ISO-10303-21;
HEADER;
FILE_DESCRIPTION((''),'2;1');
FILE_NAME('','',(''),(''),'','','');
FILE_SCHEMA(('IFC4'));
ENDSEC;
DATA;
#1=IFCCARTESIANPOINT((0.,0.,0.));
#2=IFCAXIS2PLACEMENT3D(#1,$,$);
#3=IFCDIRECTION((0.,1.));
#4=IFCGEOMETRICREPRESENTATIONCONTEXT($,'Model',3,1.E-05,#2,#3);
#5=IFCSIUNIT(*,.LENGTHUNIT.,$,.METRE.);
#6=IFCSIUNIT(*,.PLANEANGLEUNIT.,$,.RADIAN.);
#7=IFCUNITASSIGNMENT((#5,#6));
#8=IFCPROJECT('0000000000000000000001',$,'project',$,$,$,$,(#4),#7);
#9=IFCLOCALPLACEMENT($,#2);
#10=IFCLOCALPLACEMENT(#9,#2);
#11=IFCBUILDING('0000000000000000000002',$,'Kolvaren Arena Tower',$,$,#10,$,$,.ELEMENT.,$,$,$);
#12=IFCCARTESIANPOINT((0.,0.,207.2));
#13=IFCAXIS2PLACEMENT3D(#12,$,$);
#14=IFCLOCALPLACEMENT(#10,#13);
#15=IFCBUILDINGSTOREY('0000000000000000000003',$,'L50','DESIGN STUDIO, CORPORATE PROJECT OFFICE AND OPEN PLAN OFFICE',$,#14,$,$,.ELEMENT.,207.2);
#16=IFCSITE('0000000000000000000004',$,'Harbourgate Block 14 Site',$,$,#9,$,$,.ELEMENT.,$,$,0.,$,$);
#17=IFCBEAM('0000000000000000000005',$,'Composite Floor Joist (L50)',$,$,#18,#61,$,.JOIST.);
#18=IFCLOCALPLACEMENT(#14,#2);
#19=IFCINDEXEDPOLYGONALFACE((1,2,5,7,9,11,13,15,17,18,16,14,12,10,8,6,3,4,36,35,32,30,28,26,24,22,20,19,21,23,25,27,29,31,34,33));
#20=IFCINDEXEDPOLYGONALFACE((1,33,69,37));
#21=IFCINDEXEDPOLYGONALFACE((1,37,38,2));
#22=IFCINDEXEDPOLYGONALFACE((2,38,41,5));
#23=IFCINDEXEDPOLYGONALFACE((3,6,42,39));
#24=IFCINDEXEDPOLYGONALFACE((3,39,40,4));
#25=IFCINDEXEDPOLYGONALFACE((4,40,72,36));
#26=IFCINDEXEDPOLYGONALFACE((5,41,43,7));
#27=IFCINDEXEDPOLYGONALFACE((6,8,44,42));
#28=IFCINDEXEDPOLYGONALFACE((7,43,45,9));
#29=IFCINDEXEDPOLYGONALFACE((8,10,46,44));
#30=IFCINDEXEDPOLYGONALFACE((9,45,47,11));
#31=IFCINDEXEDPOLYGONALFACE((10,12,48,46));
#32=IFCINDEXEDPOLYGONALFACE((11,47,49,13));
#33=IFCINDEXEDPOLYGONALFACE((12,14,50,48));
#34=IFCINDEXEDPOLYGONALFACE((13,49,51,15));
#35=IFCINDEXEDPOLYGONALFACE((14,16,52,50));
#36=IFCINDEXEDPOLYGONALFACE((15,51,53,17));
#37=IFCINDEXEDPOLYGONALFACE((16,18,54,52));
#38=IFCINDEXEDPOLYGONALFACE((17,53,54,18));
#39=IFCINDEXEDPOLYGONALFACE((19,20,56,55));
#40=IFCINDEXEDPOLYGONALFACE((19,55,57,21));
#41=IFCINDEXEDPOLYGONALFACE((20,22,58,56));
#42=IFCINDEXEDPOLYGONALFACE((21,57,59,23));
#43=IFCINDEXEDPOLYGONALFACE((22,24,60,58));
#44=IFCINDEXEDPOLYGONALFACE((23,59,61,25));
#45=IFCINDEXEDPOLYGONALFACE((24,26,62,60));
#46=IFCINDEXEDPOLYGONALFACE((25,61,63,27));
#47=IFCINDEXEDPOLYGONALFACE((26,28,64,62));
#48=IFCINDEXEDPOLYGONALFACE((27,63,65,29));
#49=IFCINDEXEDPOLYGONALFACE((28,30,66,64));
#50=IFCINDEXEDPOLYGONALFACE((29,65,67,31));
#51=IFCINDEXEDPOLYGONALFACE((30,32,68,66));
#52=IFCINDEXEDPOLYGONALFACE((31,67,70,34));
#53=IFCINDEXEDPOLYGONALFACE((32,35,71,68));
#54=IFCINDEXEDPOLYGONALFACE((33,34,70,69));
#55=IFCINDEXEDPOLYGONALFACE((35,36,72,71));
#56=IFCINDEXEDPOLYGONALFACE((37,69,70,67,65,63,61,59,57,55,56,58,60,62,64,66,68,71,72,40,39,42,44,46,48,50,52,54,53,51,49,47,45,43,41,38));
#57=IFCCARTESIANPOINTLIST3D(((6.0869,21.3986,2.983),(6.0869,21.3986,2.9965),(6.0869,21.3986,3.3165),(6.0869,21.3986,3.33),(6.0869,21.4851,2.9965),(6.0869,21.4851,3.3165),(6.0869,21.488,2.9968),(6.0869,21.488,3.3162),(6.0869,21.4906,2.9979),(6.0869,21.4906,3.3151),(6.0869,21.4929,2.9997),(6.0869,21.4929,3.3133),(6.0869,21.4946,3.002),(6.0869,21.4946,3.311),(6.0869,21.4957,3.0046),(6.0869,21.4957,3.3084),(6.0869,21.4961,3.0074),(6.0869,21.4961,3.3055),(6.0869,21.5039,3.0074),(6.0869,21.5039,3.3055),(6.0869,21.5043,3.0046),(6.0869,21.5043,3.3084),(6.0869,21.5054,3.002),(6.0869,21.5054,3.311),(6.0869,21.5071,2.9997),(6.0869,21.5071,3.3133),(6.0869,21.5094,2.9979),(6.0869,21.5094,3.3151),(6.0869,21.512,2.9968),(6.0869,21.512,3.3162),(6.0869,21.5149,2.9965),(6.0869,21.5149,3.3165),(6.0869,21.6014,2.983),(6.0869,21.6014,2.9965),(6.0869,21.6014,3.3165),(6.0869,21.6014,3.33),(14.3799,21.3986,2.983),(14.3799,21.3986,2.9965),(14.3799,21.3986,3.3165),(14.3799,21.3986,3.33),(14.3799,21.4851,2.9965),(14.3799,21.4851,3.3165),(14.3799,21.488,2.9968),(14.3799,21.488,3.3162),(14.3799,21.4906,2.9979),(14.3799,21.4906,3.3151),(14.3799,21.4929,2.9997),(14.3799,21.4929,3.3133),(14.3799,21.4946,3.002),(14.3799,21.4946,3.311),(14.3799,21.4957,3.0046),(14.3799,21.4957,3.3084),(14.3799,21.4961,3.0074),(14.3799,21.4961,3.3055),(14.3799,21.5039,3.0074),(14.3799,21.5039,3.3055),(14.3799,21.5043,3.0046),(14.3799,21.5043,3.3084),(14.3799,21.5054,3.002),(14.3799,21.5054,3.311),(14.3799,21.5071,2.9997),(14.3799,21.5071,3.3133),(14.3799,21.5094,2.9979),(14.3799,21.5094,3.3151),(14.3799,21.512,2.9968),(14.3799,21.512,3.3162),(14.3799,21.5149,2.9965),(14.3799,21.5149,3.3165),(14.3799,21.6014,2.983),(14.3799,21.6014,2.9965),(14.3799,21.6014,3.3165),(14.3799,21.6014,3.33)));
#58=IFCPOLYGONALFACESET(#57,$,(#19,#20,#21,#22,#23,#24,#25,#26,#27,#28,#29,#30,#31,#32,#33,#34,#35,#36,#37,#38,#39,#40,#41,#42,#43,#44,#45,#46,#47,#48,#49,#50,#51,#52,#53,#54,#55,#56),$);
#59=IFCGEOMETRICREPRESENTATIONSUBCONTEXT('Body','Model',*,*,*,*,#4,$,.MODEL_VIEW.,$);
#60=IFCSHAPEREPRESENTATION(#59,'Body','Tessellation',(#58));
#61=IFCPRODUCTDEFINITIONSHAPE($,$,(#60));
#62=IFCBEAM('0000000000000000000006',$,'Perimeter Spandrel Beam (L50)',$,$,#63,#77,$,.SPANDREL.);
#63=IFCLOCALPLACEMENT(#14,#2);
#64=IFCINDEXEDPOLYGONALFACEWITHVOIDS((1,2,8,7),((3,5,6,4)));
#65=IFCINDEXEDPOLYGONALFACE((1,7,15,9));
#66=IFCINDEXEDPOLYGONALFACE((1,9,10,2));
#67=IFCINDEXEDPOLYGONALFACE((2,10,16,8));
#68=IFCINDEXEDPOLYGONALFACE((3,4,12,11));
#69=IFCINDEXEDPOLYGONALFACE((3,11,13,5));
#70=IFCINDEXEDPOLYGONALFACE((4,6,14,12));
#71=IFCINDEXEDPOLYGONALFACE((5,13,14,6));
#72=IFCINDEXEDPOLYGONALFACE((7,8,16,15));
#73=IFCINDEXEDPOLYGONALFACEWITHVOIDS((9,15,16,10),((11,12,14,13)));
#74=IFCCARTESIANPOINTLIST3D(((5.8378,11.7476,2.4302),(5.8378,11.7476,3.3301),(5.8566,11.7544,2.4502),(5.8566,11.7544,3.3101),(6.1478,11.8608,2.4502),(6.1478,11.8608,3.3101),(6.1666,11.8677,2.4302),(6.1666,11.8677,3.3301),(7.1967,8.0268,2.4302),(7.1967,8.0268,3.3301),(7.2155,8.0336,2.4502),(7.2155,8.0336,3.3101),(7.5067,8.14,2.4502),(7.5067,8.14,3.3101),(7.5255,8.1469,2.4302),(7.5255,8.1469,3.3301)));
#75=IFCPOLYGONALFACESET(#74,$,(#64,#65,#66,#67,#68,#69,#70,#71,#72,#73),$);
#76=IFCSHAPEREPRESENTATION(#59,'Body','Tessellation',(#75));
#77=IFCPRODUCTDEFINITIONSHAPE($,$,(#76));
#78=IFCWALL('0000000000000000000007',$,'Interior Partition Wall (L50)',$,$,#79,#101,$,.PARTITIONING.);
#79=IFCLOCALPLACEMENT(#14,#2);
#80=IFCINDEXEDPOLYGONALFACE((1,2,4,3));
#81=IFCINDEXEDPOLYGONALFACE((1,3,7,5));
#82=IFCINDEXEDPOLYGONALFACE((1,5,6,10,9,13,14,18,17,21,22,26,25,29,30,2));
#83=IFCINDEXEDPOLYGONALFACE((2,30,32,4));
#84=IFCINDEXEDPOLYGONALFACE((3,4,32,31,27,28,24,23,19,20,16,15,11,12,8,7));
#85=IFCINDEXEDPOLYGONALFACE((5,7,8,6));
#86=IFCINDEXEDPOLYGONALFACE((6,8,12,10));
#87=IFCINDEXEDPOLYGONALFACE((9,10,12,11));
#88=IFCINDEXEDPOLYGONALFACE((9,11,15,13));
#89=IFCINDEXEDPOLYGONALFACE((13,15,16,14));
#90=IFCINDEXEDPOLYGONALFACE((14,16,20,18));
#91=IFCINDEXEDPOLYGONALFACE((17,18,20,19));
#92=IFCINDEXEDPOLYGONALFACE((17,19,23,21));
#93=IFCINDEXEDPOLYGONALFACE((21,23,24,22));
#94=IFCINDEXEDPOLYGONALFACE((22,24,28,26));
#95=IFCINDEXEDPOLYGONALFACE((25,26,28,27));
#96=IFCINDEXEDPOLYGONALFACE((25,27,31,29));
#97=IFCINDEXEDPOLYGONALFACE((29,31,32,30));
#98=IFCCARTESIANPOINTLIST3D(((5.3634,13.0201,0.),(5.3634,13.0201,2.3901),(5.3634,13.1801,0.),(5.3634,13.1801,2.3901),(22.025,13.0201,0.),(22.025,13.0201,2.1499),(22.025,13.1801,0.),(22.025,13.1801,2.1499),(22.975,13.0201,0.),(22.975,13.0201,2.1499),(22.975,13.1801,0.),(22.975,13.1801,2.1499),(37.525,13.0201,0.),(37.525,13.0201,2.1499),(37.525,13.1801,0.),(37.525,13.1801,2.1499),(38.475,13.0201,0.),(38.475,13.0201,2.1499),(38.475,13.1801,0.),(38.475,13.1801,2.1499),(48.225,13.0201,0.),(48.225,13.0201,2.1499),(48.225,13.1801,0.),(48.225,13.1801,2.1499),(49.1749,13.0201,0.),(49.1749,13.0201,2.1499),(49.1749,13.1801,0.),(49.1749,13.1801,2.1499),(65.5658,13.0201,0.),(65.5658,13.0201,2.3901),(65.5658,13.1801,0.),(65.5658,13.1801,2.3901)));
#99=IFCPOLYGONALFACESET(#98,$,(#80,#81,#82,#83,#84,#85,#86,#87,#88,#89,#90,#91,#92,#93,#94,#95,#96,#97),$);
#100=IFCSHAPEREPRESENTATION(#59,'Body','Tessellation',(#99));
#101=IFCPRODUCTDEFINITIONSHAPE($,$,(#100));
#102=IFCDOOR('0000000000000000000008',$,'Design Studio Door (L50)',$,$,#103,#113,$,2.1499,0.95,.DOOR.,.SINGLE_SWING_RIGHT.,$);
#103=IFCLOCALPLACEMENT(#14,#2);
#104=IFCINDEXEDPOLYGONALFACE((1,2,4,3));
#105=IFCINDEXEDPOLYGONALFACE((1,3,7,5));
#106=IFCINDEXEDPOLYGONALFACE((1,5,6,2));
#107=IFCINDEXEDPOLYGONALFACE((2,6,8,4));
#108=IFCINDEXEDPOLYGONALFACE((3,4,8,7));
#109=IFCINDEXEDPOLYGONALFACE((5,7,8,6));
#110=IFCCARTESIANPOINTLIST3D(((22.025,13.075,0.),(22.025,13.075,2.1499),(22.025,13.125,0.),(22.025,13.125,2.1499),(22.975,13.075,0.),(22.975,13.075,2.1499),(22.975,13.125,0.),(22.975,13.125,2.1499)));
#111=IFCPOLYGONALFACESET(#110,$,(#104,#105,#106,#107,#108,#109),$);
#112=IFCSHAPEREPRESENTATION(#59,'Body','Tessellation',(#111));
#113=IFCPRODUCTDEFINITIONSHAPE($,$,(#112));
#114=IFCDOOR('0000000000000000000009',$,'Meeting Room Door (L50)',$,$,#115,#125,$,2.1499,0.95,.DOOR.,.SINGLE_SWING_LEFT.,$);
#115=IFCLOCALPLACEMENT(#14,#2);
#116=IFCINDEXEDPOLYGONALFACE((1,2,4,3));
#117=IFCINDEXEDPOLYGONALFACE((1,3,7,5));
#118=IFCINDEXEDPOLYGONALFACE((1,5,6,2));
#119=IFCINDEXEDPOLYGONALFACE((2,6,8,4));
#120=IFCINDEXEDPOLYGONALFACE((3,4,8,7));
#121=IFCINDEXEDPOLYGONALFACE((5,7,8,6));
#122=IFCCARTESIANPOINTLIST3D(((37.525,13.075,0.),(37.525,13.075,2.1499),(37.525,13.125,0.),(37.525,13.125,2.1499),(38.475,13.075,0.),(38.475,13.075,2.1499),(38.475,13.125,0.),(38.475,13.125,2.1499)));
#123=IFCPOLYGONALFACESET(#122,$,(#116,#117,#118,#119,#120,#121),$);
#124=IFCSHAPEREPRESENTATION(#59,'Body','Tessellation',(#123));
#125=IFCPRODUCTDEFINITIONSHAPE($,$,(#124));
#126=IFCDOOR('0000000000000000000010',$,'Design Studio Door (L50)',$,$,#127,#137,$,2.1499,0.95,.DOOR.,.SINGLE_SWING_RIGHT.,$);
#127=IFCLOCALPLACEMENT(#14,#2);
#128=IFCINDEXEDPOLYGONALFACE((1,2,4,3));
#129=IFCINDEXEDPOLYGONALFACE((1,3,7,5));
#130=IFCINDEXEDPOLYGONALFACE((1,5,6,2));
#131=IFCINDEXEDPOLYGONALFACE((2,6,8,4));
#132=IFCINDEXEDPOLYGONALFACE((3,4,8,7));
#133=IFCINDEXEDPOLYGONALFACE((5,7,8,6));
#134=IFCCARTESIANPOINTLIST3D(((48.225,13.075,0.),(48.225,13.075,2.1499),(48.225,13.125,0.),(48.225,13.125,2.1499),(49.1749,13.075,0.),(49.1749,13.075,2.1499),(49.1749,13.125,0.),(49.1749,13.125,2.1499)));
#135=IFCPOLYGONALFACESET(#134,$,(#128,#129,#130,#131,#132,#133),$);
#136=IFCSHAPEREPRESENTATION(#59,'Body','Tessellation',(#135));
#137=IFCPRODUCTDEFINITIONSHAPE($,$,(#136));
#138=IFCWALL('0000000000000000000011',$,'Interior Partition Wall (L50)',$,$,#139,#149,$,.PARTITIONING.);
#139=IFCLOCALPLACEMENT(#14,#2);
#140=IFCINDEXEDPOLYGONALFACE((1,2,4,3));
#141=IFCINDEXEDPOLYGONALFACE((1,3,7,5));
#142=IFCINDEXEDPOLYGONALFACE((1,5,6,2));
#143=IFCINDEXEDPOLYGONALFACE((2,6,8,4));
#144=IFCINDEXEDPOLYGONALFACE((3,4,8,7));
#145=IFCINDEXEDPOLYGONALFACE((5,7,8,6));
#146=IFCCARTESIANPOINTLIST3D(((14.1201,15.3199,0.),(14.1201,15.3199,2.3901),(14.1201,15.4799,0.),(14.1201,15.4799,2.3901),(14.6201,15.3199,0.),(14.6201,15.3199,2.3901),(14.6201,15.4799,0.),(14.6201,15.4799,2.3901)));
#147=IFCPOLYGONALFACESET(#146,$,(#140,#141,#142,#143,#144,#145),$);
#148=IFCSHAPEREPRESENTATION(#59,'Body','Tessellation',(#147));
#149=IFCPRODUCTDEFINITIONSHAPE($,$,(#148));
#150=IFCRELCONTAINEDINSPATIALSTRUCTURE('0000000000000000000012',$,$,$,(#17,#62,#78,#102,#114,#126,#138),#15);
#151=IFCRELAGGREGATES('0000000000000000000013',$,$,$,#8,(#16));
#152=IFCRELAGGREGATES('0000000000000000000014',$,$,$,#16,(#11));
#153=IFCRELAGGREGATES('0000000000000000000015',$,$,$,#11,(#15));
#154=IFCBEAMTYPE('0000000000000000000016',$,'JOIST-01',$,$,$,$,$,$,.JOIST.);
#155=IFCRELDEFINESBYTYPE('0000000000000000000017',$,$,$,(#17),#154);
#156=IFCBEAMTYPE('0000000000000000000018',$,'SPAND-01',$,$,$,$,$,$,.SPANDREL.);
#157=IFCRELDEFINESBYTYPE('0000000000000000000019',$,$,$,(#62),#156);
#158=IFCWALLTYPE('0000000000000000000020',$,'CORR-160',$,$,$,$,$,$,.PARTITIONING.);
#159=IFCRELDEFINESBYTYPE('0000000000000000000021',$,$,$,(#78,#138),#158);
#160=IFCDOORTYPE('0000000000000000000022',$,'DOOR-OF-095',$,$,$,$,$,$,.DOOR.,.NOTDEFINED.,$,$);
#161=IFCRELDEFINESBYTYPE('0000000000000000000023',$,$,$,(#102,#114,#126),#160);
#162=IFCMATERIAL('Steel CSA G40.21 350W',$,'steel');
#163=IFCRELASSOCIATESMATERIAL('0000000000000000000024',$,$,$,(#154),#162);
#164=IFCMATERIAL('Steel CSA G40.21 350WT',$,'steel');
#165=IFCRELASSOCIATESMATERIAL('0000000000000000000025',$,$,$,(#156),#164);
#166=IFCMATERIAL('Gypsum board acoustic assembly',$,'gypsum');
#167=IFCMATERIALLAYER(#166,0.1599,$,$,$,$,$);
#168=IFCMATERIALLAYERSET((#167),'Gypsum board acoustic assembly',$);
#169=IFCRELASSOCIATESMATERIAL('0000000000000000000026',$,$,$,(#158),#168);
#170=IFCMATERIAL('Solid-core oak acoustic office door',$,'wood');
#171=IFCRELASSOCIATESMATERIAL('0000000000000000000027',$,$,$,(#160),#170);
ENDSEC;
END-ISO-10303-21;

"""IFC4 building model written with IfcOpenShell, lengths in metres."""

from ifc_helpers import new_model, si_unit, direction, frame, frame_2d, origin, origin_2d, place, context, subcontext, project, spatial, rectangle, hollow_rectangle, i_section, extrude, material, layer, layer_set, material_profile, profile_set, type_object, element, fill, save


model = new_model("IFC4")

# Units and contexts
model_context = context("Model", 3, precision=1e-05, world=origin(), true_north=direction((0.0, 1.0)))
body_context = subcontext(model_context, "Body", "Model", "MODEL_VIEW")
ifc_project = project(units=[si_unit("LENGTHUNIT", "METRE"), si_unit("PLANEANGLEUNIT", "RADIAN")], contexts=[model_context])

# Site, building, storey
site_placement = place(None, origin())
site = spatial("IfcSite", under=ifc_project, at=site_placement, Name="Harbourgate Block 14 Site", CompositionType="ELEMENT", RefElevation=0.0)
building_placement = place(site_placement, origin())
building = spatial("IfcBuilding", under=site, at=building_placement, Name="Kolvaren Arena Tower", CompositionType="ELEMENT")
storey_placement = place(building_placement, frame((0.0, 0.0, 207.2)))
storey = spatial("IfcBuildingStorey", under=building, at=storey_placement, Name="L50", Description="DESIGN STUDIO, CORPORATE PROJECT OFFICE AND OPEN PLAN OFFICE", CompositionType="ELEMENT", Elevation=207.2)

# Beams
ifc_material_1 = material(Name="Steel CSA G40.21 350W", Category="steel")
ifc_material_profile_1 = material_profile(ifc_material_1, i_section(OverallWidth=0.2029, OverallDepth=0.3469, WebThickness=0.0078, FlangeThickness=0.0134, FilletRadius=0.011, at=origin_2d()), Name="W360x64")
ifc_profile_set_1 = profile_set([ifc_material_profile_1], Name="Steel CSA G40.21 350W")
beam_type_1 = type_object("IfcBeamType", Name="JOIST-01", PredefinedType="JOIST", material=ifc_profile_set_1)
beam_1_placement = place(storey_placement, frame((6.0869, 21.5, 3.1565), z_axis=(1.0, 0.0, 0.0), x_axis=(0.0, 1.0, 0.0)))
element("IfcBeam", 1, at=beam_1_placement, inside=storey, type_object=beam_type_1, Name="Composite Floor Joist (L50)", PredefinedType="JOIST", context=body_context, shape_type="SweptSolid", body=[
    extrude(i_section(OverallWidth=0.2029, OverallDepth=0.3469, WebThickness=0.0078, FlangeThickness=0.0134, FilletRadius=0.011, at=origin_2d()), origin(), (0.0, 0.0, 1.0), 8.293),
])
ifc_material_2 = material(Name="Steel CSA G40.21 350WT", Category="steel")
ifc_material_profile_2 = material_profile(ifc_material_2, hollow_rectangle(XDim=0.3501, YDim=0.8999, WallThickness=0.02, at=origin_2d()), Name="HSS 900x350x20")
ifc_profile_set_2 = profile_set([ifc_material_profile_2], Name="Steel CSA G40.21 350WT")
beam_type_2 = type_object("IfcBeamType", Name="SPAND-01", PredefinedType="SPANDREL", material=ifc_profile_set_2)
beam_2_placement = place(storey_placement, frame((6.0022, 11.8076, 2.8801), z_axis=(0.343059, -0.939314, 0.0), x_axis=(0.939314, 0.343059, 0.0)))
element("IfcBeam", 2, at=beam_2_placement, inside=storey, type_object=beam_type_2, Name="Perimeter Spandrel Beam (L50)", PredefinedType="SPANDREL", context=body_context, shape_type="SweptSolid", body=[
    extrude(hollow_rectangle(XDim=0.3501, YDim=0.8999, WallThickness=0.02, at=origin_2d()), origin(), (0.0, 0.0, 1.0), 3.9612),
])

# Wall, openings, doors
ifc_material_3 = material(Name="Gypsum board acoustic assembly", Category="gypsum")
ifc_layer_1 = layer(ifc_material_3, 0.1599)
ifc_layer_set_1 = layer_set([ifc_layer_1], Name="Gypsum board acoustic assembly")
wall_type_1 = type_object("IfcWallType", Name="CORR-160", PredefinedType="PARTITIONING", material=ifc_layer_set_1)
wall_1_placement = place(storey_placement, frame((5.3635, 13.1001, 0.0), z_axis=(0.0, 0.0, 1.0), x_axis=(1.0, 0.0, 0.0)))
wall_1 = element("IfcWall", 3, at=wall_1_placement, inside=storey, type_object=wall_type_1, Name="Interior Partition Wall (L50)", PredefinedType="PARTITIONING", context=body_context, shape_type="SweptSolid", body=[
    extrude(rectangle(XDim=60.2024, YDim=0.1599, at=frame_2d((30.1011, 0.0))), origin(), (0.0, 0.0, 1.0), 2.3901),
])
opening_1_placement = place(wall_1_placement, frame((16.6614, 0.0, 0.0)))
opening_1 = element("IfcOpeningElement", 4, at=opening_1_placement, cuts=wall_1, PredefinedType="OPENING", context=body_context, shape_type="SweptSolid", body=[
    extrude(rectangle(XDim=0.95, YDim=2.1499, at=frame_2d((0.4751, 1.075))), frame((0.0, 0.0898, 0.0), z_axis=(0.0, -1.0, 0.0), x_axis=(1.0, 0.0, 0.0)), (0.0, 0.0, 1.0), 0.1799),
])
opening_2_placement = place(wall_1_placement, frame((32.1614, 0.0, 0.0)))
opening_2 = element("IfcOpeningElement", 5, at=opening_2_placement, cuts=wall_1, PredefinedType="OPENING", context=body_context, shape_type="SweptSolid", body=[
    extrude(rectangle(XDim=0.95, YDim=2.1499, at=frame_2d((0.4751, 1.075))), frame((0.0, 0.0898, 0.0), z_axis=(0.0, -1.0, 0.0), x_axis=(1.0, 0.0, 0.0)), (0.0, 0.0, 1.0), 0.1799),
])
opening_3_placement = place(wall_1_placement, frame((42.8613, 0.0, 0.0)))
opening_3 = element("IfcOpeningElement", 6, at=opening_3_placement, cuts=wall_1, PredefinedType="OPENING", context=body_context, shape_type="SweptSolid", body=[
    extrude(rectangle(XDim=0.95, YDim=2.1499, at=frame_2d((0.4751, 1.075))), frame((0.0, 0.0898, 0.0), z_axis=(0.0, -1.0, 0.0), x_axis=(1.0, 0.0, 0.0)), (0.0, 0.0, 1.0), 0.1799),
])
ifc_material_4 = material(Name="Solid-core oak acoustic office door", Category="wood")
door_type = type_object("IfcDoorType", Name="DOOR-OF-095", OperationType="NOTDEFINED", PredefinedType="DOOR", material=ifc_material_4)
door_1_placement = place(opening_1_placement, origin())
door_1 = element("IfcDoor", 7, at=door_1_placement, inside=storey, type_object=door_type, Name="Design Studio Door (L50)", OperationType="SINGLE_SWING_RIGHT", OverallHeight=2.1499, OverallWidth=0.95, PredefinedType="DOOR", context=body_context, shape_type="SweptSolid", body=[
    extrude(rectangle(XDim=0.95, YDim=2.1499, at=frame_2d((0.4751, 1.075))), frame((0.0, 0.0249, 0.0), z_axis=(0.0, -1.0, 0.0), x_axis=(1.0, 0.0, 0.0)), (0.0, 0.0, 1.0), 0.05),
])
fill(opening_1, door_1)
door_2_placement = place(opening_2_placement, origin())
door_2 = element("IfcDoor", 8, at=door_2_placement, inside=storey, type_object=door_type, Name="Meeting Room Door (L50)", OperationType="SINGLE_SWING_LEFT", OverallHeight=2.1499, OverallWidth=0.95, PredefinedType="DOOR", context=body_context, shape_type="SweptSolid", body=[
    extrude(rectangle(XDim=0.95, YDim=2.1499, at=frame_2d((0.4751, 1.075))), frame((0.0, 0.0249, 0.0), z_axis=(0.0, -1.0, 0.0), x_axis=(1.0, 0.0, 0.0)), (0.0, 0.0, 1.0), 0.05),
])
fill(opening_2, door_2)
door_3_placement = place(opening_3_placement, origin())
door_3 = element("IfcDoor", 9, at=door_3_placement, inside=storey, type_object=door_type, Name="Design Studio Door (L50)", OperationType="SINGLE_SWING_RIGHT", OverallHeight=2.1499, OverallWidth=0.95, PredefinedType="DOOR", context=body_context, shape_type="SweptSolid", body=[
    extrude(rectangle(XDim=0.95, YDim=2.1499, at=frame_2d((0.4751, 1.075))), frame((0.0, 0.0249, 0.0), z_axis=(0.0, -1.0, 0.0), x_axis=(1.0, 0.0, 0.0)), (0.0, 0.0, 1.0), 0.05),
])
fill(opening_3, door_3)

# Wall
wall_2_placement = place(storey_placement, frame((14.1201, 15.3999, 0.0), z_axis=(0.0, 0.0, 1.0), x_axis=(1.0, 0.0, 0.0)))
element("IfcWall", 10, at=wall_2_placement, inside=storey, type_object=wall_type_1, Name="Interior Partition Wall (L50)", PredefinedType="PARTITIONING", context=body_context, shape_type="SweptSolid", body=[
    extrude(rectangle(XDim=0.5, YDim=0.1599, at=frame_2d((0.25, 0.0))), origin(), (0.0, 0.0, 1.0), 2.3901),
])

save(model, "model.ifc")
